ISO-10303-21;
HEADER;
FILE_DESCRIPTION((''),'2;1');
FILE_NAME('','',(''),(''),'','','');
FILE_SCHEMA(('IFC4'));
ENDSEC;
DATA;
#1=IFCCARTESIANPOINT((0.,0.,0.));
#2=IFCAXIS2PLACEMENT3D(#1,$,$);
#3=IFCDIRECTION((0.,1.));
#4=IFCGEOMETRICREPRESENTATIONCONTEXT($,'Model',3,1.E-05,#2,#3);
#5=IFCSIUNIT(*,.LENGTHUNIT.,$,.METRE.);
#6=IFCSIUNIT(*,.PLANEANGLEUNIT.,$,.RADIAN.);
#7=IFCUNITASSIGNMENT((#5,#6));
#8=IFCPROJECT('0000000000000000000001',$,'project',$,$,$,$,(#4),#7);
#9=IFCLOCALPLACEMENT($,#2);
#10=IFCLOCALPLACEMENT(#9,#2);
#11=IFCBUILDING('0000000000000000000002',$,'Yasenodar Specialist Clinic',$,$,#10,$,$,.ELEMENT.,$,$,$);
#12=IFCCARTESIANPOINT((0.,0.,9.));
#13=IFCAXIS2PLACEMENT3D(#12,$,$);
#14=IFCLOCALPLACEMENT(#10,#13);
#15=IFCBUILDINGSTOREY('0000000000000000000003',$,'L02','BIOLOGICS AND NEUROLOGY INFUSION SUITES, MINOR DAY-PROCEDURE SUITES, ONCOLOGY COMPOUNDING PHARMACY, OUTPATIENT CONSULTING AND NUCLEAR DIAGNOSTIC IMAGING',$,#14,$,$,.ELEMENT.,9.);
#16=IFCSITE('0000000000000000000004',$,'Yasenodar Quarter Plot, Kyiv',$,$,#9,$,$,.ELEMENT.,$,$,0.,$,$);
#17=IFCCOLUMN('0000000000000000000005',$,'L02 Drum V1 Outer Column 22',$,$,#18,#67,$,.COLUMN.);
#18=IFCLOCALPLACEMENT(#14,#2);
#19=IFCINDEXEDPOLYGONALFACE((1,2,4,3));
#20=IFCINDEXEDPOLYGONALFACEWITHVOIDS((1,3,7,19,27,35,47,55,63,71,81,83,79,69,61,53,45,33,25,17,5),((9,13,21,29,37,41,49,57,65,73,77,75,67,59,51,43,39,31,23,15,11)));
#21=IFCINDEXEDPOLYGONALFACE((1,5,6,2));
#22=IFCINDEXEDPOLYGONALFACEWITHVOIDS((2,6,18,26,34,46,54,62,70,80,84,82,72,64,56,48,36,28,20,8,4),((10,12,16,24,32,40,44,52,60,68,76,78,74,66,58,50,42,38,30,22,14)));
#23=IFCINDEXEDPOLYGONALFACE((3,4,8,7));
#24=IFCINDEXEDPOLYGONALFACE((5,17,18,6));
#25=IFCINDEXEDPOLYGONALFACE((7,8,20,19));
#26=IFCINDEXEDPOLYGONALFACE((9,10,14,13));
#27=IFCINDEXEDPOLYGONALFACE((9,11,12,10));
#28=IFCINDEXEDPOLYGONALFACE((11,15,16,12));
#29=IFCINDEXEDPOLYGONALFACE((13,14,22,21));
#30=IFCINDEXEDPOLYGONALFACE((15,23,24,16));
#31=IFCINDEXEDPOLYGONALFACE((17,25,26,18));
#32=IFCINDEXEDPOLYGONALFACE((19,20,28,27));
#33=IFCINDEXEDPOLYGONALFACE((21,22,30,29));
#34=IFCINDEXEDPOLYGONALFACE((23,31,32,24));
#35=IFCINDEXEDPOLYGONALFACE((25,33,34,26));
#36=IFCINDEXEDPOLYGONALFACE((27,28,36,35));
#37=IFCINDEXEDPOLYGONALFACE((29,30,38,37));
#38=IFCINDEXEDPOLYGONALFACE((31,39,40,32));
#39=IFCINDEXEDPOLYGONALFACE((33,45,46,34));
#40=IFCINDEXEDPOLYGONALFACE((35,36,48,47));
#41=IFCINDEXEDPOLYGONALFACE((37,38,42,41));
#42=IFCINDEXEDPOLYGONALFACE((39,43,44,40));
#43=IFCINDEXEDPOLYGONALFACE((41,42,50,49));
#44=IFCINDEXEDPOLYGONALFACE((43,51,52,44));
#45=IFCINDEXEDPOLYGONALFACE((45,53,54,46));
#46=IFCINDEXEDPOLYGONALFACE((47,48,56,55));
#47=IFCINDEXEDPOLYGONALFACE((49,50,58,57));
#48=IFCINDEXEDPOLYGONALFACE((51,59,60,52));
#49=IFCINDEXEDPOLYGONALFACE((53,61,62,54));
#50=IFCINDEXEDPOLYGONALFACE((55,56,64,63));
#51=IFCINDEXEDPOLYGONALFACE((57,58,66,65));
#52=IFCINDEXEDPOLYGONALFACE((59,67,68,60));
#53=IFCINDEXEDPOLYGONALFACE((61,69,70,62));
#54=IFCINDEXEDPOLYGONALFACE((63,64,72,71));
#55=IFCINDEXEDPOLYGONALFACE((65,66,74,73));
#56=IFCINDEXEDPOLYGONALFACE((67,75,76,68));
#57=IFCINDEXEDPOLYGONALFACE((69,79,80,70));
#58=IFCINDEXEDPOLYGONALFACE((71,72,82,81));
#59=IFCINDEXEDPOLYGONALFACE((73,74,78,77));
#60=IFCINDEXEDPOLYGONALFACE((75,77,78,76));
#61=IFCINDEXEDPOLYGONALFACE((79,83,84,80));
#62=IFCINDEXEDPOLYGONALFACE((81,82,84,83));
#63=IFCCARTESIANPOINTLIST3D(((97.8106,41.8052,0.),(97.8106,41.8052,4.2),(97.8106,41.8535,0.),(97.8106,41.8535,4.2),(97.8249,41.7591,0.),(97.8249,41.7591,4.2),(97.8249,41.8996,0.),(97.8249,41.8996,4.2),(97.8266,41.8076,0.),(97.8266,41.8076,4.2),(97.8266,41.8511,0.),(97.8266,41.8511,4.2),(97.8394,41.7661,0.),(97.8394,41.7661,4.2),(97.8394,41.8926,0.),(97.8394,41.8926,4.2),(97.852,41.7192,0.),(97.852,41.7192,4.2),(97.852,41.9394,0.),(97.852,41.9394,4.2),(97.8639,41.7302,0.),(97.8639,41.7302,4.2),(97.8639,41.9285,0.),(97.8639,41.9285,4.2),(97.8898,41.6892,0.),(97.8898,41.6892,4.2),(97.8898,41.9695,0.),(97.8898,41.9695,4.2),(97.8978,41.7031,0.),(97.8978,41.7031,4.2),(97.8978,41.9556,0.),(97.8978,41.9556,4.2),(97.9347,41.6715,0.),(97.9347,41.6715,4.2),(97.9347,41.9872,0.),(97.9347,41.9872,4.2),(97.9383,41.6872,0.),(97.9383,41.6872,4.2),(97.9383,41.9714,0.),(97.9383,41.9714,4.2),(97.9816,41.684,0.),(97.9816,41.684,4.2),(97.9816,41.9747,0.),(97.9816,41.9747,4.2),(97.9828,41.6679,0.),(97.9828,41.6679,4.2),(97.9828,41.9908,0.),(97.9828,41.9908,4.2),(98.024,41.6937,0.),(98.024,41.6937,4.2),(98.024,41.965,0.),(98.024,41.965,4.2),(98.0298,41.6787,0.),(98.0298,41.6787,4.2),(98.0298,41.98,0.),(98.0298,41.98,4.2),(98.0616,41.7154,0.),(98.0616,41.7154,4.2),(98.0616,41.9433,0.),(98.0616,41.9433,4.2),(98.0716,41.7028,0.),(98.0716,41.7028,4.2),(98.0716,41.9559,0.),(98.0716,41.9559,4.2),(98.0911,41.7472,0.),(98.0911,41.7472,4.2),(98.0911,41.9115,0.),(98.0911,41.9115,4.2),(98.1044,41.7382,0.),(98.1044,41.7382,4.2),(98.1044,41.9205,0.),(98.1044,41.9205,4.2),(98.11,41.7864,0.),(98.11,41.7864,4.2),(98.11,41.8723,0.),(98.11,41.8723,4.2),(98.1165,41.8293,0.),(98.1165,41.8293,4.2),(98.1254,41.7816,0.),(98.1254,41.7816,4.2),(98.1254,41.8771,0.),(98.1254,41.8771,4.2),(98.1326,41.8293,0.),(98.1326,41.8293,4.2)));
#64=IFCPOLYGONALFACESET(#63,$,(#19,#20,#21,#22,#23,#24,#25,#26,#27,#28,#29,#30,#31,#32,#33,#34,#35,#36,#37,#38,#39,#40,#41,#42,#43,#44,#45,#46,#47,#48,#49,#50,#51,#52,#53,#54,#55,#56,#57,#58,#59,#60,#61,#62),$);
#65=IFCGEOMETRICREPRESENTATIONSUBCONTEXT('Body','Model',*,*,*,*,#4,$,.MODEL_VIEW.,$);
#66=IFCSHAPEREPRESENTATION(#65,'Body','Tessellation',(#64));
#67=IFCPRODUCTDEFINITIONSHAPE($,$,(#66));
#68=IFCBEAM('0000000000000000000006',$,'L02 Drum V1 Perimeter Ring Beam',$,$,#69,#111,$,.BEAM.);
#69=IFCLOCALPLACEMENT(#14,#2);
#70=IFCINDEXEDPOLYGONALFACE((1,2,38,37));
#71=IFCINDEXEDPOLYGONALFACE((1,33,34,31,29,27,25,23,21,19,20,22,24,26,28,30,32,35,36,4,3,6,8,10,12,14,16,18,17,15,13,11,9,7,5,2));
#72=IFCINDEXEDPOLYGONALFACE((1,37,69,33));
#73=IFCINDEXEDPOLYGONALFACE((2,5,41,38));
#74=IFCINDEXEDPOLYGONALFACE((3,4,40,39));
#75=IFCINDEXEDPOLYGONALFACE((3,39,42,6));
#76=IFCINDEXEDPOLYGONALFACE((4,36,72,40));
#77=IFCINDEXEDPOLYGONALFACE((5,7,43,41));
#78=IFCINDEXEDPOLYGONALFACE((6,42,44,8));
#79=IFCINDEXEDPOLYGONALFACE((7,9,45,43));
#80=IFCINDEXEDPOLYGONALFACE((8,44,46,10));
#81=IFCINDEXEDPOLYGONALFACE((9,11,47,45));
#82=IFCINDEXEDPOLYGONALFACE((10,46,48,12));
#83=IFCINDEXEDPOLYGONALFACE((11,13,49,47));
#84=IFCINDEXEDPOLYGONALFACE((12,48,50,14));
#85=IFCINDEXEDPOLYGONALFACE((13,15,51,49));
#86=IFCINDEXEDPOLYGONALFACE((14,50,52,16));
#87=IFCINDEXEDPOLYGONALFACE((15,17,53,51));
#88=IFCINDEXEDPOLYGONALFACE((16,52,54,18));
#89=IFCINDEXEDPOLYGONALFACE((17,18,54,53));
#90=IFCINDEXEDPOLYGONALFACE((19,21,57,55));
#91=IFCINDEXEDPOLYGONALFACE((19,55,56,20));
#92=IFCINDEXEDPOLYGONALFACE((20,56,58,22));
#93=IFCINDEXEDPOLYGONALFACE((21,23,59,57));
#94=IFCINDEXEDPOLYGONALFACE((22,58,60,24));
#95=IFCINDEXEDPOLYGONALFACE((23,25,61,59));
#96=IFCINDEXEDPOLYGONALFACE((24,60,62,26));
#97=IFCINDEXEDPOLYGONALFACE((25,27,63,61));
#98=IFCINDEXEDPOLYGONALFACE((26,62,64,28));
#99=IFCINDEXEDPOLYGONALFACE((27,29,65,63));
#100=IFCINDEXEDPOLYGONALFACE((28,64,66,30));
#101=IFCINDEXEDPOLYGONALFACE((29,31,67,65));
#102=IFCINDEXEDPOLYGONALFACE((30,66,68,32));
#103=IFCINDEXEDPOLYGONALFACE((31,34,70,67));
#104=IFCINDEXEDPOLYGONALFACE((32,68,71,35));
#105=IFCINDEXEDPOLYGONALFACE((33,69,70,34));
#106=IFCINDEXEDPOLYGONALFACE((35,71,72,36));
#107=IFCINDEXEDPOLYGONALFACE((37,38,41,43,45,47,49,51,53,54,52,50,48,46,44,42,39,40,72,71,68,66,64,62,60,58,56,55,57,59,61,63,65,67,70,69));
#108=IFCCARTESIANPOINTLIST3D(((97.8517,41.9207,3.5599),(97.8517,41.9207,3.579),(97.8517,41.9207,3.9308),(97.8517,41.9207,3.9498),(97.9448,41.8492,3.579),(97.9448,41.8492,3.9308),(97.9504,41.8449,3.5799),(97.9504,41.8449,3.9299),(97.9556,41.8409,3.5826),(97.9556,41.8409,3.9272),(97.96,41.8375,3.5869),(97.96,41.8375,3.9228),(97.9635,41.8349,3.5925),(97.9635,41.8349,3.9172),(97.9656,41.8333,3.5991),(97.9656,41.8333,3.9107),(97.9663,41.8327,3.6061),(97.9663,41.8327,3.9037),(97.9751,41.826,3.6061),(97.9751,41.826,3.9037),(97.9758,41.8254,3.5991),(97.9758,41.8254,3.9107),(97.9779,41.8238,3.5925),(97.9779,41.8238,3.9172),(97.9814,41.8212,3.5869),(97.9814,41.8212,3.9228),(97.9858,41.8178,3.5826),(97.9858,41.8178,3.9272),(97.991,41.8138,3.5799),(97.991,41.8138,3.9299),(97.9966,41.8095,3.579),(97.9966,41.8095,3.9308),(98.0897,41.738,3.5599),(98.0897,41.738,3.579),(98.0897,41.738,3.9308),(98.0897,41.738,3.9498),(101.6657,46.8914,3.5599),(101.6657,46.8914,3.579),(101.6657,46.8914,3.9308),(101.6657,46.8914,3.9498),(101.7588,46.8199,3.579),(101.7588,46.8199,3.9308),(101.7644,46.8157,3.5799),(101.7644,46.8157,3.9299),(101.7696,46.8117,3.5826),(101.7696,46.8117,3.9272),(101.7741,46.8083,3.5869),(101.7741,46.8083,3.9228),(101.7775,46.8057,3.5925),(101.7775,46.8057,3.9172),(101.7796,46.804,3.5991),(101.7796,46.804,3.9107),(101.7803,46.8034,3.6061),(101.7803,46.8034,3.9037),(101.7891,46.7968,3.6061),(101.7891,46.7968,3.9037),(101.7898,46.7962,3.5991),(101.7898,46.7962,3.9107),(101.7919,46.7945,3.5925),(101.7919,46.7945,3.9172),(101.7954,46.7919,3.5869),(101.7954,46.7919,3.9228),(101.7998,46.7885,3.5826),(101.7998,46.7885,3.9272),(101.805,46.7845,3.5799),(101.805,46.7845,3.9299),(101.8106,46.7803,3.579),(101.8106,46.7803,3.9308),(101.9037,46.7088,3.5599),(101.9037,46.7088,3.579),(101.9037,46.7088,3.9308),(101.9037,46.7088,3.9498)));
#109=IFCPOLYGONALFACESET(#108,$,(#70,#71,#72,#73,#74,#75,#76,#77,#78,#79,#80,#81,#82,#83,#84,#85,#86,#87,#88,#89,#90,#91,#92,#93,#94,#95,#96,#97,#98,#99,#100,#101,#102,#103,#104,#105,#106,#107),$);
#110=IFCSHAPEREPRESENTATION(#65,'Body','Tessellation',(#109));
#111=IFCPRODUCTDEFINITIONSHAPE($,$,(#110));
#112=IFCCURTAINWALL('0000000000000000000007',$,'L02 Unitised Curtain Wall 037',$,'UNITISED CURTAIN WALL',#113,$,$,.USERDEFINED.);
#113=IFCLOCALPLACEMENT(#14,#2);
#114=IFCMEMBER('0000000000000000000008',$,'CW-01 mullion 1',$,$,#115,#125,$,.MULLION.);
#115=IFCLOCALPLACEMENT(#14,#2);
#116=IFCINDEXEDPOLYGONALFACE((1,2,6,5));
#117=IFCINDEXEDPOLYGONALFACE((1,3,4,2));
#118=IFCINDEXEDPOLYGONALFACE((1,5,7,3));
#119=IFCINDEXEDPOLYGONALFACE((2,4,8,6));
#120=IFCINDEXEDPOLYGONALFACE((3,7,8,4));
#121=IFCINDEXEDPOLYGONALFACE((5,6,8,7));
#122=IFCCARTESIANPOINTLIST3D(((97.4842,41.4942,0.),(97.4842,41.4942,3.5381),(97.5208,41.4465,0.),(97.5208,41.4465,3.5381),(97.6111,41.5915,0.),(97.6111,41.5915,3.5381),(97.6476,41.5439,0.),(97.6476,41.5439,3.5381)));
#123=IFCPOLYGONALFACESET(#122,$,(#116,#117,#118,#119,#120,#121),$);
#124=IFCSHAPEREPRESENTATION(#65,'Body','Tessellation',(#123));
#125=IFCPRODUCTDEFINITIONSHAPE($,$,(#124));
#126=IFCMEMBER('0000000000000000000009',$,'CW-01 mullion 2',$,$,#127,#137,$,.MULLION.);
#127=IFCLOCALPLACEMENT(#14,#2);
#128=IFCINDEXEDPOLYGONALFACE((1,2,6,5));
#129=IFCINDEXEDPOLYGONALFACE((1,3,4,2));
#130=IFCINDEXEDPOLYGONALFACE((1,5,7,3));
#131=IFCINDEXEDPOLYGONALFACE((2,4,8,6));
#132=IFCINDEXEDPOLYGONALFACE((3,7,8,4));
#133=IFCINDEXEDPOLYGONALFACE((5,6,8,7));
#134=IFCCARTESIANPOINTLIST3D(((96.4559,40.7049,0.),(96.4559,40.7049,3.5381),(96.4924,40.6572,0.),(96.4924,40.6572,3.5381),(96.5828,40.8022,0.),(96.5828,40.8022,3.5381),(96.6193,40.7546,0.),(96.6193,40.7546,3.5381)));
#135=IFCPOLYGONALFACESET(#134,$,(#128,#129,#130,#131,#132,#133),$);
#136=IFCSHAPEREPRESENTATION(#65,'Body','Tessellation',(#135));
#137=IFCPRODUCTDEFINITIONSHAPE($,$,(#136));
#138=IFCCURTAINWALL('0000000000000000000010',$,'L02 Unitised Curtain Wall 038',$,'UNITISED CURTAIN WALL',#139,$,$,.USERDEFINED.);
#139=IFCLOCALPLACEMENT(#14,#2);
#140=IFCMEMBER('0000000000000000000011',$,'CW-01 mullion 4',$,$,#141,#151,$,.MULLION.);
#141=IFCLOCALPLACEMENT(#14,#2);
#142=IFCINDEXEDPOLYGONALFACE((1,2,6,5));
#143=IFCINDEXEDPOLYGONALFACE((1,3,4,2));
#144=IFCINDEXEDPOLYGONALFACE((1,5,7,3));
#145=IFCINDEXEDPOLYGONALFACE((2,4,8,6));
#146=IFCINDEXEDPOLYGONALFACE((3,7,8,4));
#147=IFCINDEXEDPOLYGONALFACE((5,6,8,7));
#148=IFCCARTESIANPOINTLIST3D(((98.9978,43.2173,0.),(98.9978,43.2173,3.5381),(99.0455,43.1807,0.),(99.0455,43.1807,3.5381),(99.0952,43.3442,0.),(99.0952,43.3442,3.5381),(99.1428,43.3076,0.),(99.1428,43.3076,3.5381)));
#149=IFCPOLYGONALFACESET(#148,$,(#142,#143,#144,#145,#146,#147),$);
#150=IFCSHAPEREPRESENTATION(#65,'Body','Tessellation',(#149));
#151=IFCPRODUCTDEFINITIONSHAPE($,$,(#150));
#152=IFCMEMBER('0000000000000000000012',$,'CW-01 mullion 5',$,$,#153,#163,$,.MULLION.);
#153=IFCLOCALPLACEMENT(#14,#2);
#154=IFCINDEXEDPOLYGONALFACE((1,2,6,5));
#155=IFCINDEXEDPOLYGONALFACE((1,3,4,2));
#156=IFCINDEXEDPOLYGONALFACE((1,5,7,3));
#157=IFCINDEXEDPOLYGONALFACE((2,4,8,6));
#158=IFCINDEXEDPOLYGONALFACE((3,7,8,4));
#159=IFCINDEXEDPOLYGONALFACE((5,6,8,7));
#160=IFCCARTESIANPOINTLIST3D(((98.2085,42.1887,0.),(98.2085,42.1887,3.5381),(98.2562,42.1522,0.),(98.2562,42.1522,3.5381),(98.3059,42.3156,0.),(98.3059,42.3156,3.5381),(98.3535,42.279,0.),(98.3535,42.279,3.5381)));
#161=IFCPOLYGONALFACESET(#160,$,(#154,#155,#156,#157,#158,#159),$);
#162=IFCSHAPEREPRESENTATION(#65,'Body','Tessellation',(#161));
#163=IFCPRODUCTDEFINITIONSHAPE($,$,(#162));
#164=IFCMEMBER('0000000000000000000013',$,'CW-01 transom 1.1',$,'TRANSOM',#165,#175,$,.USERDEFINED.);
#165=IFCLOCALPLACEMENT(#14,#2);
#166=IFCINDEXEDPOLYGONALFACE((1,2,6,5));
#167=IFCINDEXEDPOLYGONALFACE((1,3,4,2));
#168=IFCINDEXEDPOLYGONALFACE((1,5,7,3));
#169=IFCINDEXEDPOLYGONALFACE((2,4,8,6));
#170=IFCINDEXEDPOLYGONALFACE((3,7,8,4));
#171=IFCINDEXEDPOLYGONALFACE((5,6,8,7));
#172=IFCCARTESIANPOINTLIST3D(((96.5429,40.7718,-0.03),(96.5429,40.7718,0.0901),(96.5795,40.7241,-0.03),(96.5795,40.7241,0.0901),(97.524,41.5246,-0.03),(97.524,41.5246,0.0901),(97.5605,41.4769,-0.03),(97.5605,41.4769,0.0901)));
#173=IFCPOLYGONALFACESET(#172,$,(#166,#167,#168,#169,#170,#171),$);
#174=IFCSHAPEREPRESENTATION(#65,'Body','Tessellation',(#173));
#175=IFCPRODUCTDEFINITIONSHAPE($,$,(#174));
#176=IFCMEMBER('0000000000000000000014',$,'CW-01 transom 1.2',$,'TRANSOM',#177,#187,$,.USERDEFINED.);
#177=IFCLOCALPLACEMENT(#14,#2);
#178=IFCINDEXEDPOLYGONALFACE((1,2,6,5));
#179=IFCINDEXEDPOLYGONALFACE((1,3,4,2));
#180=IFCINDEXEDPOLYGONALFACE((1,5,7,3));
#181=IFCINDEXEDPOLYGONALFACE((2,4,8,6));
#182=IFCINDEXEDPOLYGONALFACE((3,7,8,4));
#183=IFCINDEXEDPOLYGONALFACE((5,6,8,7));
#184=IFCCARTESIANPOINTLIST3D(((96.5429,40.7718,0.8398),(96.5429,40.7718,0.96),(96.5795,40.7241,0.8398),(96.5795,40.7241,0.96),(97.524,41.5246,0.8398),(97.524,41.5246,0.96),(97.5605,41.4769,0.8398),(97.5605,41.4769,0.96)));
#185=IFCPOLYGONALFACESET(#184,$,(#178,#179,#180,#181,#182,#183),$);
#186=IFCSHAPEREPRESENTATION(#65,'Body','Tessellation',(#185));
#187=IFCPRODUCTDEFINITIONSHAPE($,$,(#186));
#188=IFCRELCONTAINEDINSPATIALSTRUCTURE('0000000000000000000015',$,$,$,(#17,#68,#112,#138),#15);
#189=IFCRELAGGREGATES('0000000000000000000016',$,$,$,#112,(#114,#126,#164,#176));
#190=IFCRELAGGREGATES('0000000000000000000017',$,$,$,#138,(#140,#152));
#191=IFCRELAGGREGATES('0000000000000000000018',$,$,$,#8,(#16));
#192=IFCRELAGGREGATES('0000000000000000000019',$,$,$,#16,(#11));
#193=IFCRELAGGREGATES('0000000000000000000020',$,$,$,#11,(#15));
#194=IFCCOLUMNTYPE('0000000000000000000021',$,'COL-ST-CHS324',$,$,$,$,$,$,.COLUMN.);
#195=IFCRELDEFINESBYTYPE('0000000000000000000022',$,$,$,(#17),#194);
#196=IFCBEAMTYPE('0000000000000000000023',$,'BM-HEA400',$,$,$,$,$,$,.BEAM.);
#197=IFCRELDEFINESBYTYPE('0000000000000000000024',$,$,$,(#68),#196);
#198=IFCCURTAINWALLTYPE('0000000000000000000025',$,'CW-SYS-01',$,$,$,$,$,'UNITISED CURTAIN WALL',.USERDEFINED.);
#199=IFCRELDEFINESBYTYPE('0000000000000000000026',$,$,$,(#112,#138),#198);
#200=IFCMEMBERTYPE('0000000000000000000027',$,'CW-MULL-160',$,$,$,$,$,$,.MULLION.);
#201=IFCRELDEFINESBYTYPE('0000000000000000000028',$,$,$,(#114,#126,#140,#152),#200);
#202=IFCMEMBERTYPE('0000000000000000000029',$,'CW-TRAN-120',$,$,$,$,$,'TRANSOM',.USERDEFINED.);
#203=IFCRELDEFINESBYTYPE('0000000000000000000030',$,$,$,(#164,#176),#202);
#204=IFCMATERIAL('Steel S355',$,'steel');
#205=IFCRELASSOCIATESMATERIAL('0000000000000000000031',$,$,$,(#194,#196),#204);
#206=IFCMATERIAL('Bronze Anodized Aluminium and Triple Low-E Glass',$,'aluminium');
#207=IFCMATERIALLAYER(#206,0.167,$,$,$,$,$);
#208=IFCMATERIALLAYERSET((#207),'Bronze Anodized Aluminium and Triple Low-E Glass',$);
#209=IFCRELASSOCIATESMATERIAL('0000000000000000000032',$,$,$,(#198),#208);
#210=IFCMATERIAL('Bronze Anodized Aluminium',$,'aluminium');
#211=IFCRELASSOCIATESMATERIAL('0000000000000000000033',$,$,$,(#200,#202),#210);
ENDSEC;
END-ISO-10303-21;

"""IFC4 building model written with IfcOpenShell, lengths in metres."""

from ifc_helpers import new_model, si_unit, direction, frame, origin, origin_2d, place, context, subcontext, project, spatial, rectangle, hollow_circle, i_section, extrude, material, layer, layer_set, material_profile, profile_set, type_object, element, aggregate, save


model = new_model("IFC4")

# Units and contexts
model_context = context("Model", 3, precision=1e-05, world=origin(), true_north=direction((0.0, 1.0)))
body_context = subcontext(model_context, "Body", "Model", "MODEL_VIEW")
ifc_project = project(units=[si_unit("LENGTHUNIT", "METRE"), si_unit("PLANEANGLEUNIT", "RADIAN")], contexts=[model_context])

# Site, building, storey
site_placement = place(None, origin())
site = spatial("IfcSite", under=ifc_project, at=site_placement, Name="Yasenodar Quarter Plot, Kyiv", CompositionType="ELEMENT", RefElevation=0.0)
building_placement = place(site_placement, origin())
building = spatial("IfcBuilding", under=site, at=building_placement, Name="Yasenodar Specialist Clinic", CompositionType="ELEMENT")
storey_placement = place(building_placement, frame((0.0, 0.0, 9.0)))
storey = spatial("IfcBuildingStorey", under=building, at=storey_placement, Name="L02", Description="BIOLOGICS AND NEUROLOGY INFUSION SUITES, MINOR DAY-PROCEDURE SUITES, ONCOLOGY COMPOUNDING PHARMACY, OUTPATIENT CONSULTING AND NUCLEAR DIAGNOSTIC IMAGING", CompositionType="ELEMENT", Elevation=9.0)

# Column
ifc_material_1 = material(Name="Steel S355", Category="steel")
ifc_material_profile_1 = material_profile(ifc_material_1, hollow_circle(Radius=0.1619, WallThickness=0.0161, at=origin_2d()), Name="CHS 323.9x16")
ifc_profile_set_1 = profile_set([ifc_material_profile_1], Name="Steel S355")
column_type = type_object("IfcColumnType", Name="COL-ST-CHS324", PredefinedType="COLUMN", material=ifc_profile_set_1)
column_placement = place(storey_placement, frame((97.9707, 41.8293, 0.0), z_axis=(0.0, 0.0, 1.0), x_axis=(1.0, 0.0, 0.0)))
element("IfcColumn", 1, at=column_placement, inside=storey, type_object=column_type, Name="L02 Drum V1 Outer Column 22", PredefinedType="COLUMN", context=body_context, shape_type="SweptSolid", body=[
    extrude(hollow_circle(Radius=0.1619, WallThickness=0.0161, at=origin_2d()), origin(), (0.0, 0.0, 1.0), 4.2),
])

# Beam
ifc_material_profile_2 = material_profile(ifc_material_1, i_section(OverallWidth=0.3, OverallDepth=0.3899, WebThickness=0.011, FlangeThickness=0.019, FilletRadius=0.0271, at=origin_2d()), Name="HEA 400")
ifc_profile_set_2 = profile_set([ifc_material_profile_2], Name="Steel S355")
beam_type = type_object("IfcBeamType", Name="BM-HEA400", PredefinedType="BEAM", material=ifc_profile_set_2)
beam_placement = place(storey_placement, frame((97.9707, 41.8293, 3.7549), z_axis=(0.608742, 0.793368, 0.0), x_axis=(-0.793368, 0.608742, 0.0)))
element("IfcBeam", 2, at=beam_placement, inside=storey, type_object=beam_type, Name="L02 Drum V1 Perimeter Ring Beam", PredefinedType="BEAM", context=body_context, shape_type="SweptSolid", body=[
    extrude(i_section(OverallWidth=0.3, OverallDepth=0.3899, WebThickness=0.011, FlangeThickness=0.019, FilletRadius=0.0271, at=origin_2d()), origin(), (0.0, 0.0, 1.0), 6.2654),
])

# Curtain walls, members
ifc_material_2 = material(Name="Bronze Anodized Aluminium and Triple Low-E Glass", Category="aluminium")
ifc_layer_1 = layer(ifc_material_2, 0.167)
ifc_layer_set_1 = layer_set([ifc_layer_1], Name="Bronze Anodized Aluminium and Triple Low-E Glass")
curtain_wall_type = type_object("IfcCurtainWallType", Name="CW-SYS-01", ElementType="UNITISED CURTAIN WALL", PredefinedType="USERDEFINED", material=ifc_layer_set_1)
curtain_wall_1_placement = place(storey_placement, origin())
curtain_wall_1 = element("IfcCurtainWall", 3, at=curtain_wall_1_placement, inside=storey, type_object=curtain_wall_type, Name="L02 Unitised Curtain Wall 037", ObjectType="UNITISED CURTAIN WALL", PredefinedType="USERDEFINED")
ifc_material_3 = material(Name="Bronze Anodized Aluminium", Category="aluminium")
ifc_material_profile_3 = material_profile(ifc_material_3, rectangle(XDim=0.0601, YDim=0.1599, at=origin_2d()), Name="CW-MULL 60x160")
ifc_profile_set_3 = profile_set([ifc_material_profile_3], Name="Bronze Anodized Aluminium")
member_type_1 = type_object("IfcMemberType", Name="CW-MULL-160", PredefinedType="MULLION", material=ifc_profile_set_3)
member_1_placement = place(storey_placement, frame((97.5659, 41.519, 0.0), z_axis=(0.0, 0.0, 1.0), x_axis=(0.608752, -0.793361, 0.0)))
member_1 = element("IfcMember", 4, at=member_1_placement, type_object=member_type_1, Name="CW-01 mullion 1", PredefinedType="MULLION", context=body_context, shape_type="SweptSolid", body=[
    extrude(rectangle(XDim=0.0601, YDim=0.1599, at=origin_2d()), origin(), (0.0, 0.0, 1.0), 3.5381),
])
member_2_placement = place(storey_placement, frame((96.5376, 40.7297, 0.0), z_axis=(0.0, 0.0, 1.0), x_axis=(0.608752, -0.793361, 0.0)))
member_2 = element("IfcMember", 5, at=member_2_placement, type_object=member_type_1, Name="CW-01 mullion 2", PredefinedType="MULLION", context=body_context, shape_type="SweptSolid", body=[
    extrude(rectangle(XDim=0.0601, YDim=0.1599, at=origin_2d()), origin(), (0.0, 0.0, 1.0), 3.5381),
])
curtain_wall_2_placement = place(storey_placement, origin())
curtain_wall_2 = element("IfcCurtainWall", 6, at=curtain_wall_2_placement, inside=storey, type_object=curtain_wall_type, Name="L02 Unitised Curtain Wall 038", ObjectType="UNITISED CURTAIN WALL", PredefinedType="USERDEFINED")
member_3_placement = place(storey_placement, frame((99.0703, 43.2625, 0.0), z_axis=(0.0, 0.0, 1.0), x_axis=(0.793361, -0.608752, 0.0)))
member_3 = element("IfcMember", 7, at=member_3_placement, type_object=member_type_1, Name="CW-01 mullion 4", PredefinedType="MULLION", context=body_context, shape_type="SweptSolid", body=[
    extrude(rectangle(XDim=0.0601, YDim=0.1599, at=origin_2d()), origin(), (0.0, 0.0, 1.0), 3.5381),
])
member_4_placement = place(storey_placement, frame((98.281, 42.2339, 0.0), z_axis=(0.0, 0.0, 1.0), x_axis=(0.793361, -0.608752, 0.0)))
member_4 = element("IfcMember", 8, at=member_4_placement, type_object=member_type_1, Name="CW-01 mullion 5", PredefinedType="MULLION", context=body_context, shape_type="SweptSolid", body=[
    extrude(rectangle(XDim=0.0601, YDim=0.1599, at=origin_2d()), origin(), (0.0, 0.0, 1.0), 3.5381),
])

# Members
ifc_material_profile_4 = material_profile(ifc_material_3, rectangle(XDim=0.0601, YDim=0.1201, at=origin_2d()), Name="CW-TRAN 60x120")
ifc_profile_set_4 = profile_set([ifc_material_profile_4], Name="Bronze Anodized Aluminium")
member_type_2 = type_object("IfcMemberType", Name="CW-TRAN-120", ElementType="TRANSOM", PredefinedType="USERDEFINED", material=ifc_profile_set_4)
member_5_placement = place(storey_placement, frame((97.5422, 41.5007, 0.03), z_axis=(-0.793365, -0.608747, 0.0), x_axis=(0.608747, -0.793365, 0.0)))
member_5 = element("IfcMember", 9, at=member_5_placement, type_object=member_type_2, Name="CW-01 transom 1.1", ObjectType="TRANSOM", PredefinedType="USERDEFINED", context=body_context, shape_type="SweptSolid", body=[
    extrude(rectangle(XDim=0.0601, YDim=0.1201, at=origin_2d()), origin(), (0.0, 0.0, 1.0), 1.2366),
])
member_6_placement = place(storey_placement, frame((97.5422, 41.5007, 0.8999), z_axis=(-0.793365, -0.608747, 0.0), x_axis=(0.608747, -0.793365, 0.0)))
member_6 = element("IfcMember", 10, at=member_6_placement, type_object=member_type_2, Name="CW-01 transom 1.2", ObjectType="TRANSOM", PredefinedType="USERDEFINED", context=body_context, shape_type="SweptSolid", body=[
    extrude(rectangle(XDim=0.0601, YDim=0.1201, at=origin_2d()), origin(), (0.0, 0.0, 1.0), 1.2366),
])

aggregate(curtain_wall_1, [member_1, member_2, member_5, member_6])
aggregate(curtain_wall_2, [member_3, member_4])

save(model, "model.ifc")
